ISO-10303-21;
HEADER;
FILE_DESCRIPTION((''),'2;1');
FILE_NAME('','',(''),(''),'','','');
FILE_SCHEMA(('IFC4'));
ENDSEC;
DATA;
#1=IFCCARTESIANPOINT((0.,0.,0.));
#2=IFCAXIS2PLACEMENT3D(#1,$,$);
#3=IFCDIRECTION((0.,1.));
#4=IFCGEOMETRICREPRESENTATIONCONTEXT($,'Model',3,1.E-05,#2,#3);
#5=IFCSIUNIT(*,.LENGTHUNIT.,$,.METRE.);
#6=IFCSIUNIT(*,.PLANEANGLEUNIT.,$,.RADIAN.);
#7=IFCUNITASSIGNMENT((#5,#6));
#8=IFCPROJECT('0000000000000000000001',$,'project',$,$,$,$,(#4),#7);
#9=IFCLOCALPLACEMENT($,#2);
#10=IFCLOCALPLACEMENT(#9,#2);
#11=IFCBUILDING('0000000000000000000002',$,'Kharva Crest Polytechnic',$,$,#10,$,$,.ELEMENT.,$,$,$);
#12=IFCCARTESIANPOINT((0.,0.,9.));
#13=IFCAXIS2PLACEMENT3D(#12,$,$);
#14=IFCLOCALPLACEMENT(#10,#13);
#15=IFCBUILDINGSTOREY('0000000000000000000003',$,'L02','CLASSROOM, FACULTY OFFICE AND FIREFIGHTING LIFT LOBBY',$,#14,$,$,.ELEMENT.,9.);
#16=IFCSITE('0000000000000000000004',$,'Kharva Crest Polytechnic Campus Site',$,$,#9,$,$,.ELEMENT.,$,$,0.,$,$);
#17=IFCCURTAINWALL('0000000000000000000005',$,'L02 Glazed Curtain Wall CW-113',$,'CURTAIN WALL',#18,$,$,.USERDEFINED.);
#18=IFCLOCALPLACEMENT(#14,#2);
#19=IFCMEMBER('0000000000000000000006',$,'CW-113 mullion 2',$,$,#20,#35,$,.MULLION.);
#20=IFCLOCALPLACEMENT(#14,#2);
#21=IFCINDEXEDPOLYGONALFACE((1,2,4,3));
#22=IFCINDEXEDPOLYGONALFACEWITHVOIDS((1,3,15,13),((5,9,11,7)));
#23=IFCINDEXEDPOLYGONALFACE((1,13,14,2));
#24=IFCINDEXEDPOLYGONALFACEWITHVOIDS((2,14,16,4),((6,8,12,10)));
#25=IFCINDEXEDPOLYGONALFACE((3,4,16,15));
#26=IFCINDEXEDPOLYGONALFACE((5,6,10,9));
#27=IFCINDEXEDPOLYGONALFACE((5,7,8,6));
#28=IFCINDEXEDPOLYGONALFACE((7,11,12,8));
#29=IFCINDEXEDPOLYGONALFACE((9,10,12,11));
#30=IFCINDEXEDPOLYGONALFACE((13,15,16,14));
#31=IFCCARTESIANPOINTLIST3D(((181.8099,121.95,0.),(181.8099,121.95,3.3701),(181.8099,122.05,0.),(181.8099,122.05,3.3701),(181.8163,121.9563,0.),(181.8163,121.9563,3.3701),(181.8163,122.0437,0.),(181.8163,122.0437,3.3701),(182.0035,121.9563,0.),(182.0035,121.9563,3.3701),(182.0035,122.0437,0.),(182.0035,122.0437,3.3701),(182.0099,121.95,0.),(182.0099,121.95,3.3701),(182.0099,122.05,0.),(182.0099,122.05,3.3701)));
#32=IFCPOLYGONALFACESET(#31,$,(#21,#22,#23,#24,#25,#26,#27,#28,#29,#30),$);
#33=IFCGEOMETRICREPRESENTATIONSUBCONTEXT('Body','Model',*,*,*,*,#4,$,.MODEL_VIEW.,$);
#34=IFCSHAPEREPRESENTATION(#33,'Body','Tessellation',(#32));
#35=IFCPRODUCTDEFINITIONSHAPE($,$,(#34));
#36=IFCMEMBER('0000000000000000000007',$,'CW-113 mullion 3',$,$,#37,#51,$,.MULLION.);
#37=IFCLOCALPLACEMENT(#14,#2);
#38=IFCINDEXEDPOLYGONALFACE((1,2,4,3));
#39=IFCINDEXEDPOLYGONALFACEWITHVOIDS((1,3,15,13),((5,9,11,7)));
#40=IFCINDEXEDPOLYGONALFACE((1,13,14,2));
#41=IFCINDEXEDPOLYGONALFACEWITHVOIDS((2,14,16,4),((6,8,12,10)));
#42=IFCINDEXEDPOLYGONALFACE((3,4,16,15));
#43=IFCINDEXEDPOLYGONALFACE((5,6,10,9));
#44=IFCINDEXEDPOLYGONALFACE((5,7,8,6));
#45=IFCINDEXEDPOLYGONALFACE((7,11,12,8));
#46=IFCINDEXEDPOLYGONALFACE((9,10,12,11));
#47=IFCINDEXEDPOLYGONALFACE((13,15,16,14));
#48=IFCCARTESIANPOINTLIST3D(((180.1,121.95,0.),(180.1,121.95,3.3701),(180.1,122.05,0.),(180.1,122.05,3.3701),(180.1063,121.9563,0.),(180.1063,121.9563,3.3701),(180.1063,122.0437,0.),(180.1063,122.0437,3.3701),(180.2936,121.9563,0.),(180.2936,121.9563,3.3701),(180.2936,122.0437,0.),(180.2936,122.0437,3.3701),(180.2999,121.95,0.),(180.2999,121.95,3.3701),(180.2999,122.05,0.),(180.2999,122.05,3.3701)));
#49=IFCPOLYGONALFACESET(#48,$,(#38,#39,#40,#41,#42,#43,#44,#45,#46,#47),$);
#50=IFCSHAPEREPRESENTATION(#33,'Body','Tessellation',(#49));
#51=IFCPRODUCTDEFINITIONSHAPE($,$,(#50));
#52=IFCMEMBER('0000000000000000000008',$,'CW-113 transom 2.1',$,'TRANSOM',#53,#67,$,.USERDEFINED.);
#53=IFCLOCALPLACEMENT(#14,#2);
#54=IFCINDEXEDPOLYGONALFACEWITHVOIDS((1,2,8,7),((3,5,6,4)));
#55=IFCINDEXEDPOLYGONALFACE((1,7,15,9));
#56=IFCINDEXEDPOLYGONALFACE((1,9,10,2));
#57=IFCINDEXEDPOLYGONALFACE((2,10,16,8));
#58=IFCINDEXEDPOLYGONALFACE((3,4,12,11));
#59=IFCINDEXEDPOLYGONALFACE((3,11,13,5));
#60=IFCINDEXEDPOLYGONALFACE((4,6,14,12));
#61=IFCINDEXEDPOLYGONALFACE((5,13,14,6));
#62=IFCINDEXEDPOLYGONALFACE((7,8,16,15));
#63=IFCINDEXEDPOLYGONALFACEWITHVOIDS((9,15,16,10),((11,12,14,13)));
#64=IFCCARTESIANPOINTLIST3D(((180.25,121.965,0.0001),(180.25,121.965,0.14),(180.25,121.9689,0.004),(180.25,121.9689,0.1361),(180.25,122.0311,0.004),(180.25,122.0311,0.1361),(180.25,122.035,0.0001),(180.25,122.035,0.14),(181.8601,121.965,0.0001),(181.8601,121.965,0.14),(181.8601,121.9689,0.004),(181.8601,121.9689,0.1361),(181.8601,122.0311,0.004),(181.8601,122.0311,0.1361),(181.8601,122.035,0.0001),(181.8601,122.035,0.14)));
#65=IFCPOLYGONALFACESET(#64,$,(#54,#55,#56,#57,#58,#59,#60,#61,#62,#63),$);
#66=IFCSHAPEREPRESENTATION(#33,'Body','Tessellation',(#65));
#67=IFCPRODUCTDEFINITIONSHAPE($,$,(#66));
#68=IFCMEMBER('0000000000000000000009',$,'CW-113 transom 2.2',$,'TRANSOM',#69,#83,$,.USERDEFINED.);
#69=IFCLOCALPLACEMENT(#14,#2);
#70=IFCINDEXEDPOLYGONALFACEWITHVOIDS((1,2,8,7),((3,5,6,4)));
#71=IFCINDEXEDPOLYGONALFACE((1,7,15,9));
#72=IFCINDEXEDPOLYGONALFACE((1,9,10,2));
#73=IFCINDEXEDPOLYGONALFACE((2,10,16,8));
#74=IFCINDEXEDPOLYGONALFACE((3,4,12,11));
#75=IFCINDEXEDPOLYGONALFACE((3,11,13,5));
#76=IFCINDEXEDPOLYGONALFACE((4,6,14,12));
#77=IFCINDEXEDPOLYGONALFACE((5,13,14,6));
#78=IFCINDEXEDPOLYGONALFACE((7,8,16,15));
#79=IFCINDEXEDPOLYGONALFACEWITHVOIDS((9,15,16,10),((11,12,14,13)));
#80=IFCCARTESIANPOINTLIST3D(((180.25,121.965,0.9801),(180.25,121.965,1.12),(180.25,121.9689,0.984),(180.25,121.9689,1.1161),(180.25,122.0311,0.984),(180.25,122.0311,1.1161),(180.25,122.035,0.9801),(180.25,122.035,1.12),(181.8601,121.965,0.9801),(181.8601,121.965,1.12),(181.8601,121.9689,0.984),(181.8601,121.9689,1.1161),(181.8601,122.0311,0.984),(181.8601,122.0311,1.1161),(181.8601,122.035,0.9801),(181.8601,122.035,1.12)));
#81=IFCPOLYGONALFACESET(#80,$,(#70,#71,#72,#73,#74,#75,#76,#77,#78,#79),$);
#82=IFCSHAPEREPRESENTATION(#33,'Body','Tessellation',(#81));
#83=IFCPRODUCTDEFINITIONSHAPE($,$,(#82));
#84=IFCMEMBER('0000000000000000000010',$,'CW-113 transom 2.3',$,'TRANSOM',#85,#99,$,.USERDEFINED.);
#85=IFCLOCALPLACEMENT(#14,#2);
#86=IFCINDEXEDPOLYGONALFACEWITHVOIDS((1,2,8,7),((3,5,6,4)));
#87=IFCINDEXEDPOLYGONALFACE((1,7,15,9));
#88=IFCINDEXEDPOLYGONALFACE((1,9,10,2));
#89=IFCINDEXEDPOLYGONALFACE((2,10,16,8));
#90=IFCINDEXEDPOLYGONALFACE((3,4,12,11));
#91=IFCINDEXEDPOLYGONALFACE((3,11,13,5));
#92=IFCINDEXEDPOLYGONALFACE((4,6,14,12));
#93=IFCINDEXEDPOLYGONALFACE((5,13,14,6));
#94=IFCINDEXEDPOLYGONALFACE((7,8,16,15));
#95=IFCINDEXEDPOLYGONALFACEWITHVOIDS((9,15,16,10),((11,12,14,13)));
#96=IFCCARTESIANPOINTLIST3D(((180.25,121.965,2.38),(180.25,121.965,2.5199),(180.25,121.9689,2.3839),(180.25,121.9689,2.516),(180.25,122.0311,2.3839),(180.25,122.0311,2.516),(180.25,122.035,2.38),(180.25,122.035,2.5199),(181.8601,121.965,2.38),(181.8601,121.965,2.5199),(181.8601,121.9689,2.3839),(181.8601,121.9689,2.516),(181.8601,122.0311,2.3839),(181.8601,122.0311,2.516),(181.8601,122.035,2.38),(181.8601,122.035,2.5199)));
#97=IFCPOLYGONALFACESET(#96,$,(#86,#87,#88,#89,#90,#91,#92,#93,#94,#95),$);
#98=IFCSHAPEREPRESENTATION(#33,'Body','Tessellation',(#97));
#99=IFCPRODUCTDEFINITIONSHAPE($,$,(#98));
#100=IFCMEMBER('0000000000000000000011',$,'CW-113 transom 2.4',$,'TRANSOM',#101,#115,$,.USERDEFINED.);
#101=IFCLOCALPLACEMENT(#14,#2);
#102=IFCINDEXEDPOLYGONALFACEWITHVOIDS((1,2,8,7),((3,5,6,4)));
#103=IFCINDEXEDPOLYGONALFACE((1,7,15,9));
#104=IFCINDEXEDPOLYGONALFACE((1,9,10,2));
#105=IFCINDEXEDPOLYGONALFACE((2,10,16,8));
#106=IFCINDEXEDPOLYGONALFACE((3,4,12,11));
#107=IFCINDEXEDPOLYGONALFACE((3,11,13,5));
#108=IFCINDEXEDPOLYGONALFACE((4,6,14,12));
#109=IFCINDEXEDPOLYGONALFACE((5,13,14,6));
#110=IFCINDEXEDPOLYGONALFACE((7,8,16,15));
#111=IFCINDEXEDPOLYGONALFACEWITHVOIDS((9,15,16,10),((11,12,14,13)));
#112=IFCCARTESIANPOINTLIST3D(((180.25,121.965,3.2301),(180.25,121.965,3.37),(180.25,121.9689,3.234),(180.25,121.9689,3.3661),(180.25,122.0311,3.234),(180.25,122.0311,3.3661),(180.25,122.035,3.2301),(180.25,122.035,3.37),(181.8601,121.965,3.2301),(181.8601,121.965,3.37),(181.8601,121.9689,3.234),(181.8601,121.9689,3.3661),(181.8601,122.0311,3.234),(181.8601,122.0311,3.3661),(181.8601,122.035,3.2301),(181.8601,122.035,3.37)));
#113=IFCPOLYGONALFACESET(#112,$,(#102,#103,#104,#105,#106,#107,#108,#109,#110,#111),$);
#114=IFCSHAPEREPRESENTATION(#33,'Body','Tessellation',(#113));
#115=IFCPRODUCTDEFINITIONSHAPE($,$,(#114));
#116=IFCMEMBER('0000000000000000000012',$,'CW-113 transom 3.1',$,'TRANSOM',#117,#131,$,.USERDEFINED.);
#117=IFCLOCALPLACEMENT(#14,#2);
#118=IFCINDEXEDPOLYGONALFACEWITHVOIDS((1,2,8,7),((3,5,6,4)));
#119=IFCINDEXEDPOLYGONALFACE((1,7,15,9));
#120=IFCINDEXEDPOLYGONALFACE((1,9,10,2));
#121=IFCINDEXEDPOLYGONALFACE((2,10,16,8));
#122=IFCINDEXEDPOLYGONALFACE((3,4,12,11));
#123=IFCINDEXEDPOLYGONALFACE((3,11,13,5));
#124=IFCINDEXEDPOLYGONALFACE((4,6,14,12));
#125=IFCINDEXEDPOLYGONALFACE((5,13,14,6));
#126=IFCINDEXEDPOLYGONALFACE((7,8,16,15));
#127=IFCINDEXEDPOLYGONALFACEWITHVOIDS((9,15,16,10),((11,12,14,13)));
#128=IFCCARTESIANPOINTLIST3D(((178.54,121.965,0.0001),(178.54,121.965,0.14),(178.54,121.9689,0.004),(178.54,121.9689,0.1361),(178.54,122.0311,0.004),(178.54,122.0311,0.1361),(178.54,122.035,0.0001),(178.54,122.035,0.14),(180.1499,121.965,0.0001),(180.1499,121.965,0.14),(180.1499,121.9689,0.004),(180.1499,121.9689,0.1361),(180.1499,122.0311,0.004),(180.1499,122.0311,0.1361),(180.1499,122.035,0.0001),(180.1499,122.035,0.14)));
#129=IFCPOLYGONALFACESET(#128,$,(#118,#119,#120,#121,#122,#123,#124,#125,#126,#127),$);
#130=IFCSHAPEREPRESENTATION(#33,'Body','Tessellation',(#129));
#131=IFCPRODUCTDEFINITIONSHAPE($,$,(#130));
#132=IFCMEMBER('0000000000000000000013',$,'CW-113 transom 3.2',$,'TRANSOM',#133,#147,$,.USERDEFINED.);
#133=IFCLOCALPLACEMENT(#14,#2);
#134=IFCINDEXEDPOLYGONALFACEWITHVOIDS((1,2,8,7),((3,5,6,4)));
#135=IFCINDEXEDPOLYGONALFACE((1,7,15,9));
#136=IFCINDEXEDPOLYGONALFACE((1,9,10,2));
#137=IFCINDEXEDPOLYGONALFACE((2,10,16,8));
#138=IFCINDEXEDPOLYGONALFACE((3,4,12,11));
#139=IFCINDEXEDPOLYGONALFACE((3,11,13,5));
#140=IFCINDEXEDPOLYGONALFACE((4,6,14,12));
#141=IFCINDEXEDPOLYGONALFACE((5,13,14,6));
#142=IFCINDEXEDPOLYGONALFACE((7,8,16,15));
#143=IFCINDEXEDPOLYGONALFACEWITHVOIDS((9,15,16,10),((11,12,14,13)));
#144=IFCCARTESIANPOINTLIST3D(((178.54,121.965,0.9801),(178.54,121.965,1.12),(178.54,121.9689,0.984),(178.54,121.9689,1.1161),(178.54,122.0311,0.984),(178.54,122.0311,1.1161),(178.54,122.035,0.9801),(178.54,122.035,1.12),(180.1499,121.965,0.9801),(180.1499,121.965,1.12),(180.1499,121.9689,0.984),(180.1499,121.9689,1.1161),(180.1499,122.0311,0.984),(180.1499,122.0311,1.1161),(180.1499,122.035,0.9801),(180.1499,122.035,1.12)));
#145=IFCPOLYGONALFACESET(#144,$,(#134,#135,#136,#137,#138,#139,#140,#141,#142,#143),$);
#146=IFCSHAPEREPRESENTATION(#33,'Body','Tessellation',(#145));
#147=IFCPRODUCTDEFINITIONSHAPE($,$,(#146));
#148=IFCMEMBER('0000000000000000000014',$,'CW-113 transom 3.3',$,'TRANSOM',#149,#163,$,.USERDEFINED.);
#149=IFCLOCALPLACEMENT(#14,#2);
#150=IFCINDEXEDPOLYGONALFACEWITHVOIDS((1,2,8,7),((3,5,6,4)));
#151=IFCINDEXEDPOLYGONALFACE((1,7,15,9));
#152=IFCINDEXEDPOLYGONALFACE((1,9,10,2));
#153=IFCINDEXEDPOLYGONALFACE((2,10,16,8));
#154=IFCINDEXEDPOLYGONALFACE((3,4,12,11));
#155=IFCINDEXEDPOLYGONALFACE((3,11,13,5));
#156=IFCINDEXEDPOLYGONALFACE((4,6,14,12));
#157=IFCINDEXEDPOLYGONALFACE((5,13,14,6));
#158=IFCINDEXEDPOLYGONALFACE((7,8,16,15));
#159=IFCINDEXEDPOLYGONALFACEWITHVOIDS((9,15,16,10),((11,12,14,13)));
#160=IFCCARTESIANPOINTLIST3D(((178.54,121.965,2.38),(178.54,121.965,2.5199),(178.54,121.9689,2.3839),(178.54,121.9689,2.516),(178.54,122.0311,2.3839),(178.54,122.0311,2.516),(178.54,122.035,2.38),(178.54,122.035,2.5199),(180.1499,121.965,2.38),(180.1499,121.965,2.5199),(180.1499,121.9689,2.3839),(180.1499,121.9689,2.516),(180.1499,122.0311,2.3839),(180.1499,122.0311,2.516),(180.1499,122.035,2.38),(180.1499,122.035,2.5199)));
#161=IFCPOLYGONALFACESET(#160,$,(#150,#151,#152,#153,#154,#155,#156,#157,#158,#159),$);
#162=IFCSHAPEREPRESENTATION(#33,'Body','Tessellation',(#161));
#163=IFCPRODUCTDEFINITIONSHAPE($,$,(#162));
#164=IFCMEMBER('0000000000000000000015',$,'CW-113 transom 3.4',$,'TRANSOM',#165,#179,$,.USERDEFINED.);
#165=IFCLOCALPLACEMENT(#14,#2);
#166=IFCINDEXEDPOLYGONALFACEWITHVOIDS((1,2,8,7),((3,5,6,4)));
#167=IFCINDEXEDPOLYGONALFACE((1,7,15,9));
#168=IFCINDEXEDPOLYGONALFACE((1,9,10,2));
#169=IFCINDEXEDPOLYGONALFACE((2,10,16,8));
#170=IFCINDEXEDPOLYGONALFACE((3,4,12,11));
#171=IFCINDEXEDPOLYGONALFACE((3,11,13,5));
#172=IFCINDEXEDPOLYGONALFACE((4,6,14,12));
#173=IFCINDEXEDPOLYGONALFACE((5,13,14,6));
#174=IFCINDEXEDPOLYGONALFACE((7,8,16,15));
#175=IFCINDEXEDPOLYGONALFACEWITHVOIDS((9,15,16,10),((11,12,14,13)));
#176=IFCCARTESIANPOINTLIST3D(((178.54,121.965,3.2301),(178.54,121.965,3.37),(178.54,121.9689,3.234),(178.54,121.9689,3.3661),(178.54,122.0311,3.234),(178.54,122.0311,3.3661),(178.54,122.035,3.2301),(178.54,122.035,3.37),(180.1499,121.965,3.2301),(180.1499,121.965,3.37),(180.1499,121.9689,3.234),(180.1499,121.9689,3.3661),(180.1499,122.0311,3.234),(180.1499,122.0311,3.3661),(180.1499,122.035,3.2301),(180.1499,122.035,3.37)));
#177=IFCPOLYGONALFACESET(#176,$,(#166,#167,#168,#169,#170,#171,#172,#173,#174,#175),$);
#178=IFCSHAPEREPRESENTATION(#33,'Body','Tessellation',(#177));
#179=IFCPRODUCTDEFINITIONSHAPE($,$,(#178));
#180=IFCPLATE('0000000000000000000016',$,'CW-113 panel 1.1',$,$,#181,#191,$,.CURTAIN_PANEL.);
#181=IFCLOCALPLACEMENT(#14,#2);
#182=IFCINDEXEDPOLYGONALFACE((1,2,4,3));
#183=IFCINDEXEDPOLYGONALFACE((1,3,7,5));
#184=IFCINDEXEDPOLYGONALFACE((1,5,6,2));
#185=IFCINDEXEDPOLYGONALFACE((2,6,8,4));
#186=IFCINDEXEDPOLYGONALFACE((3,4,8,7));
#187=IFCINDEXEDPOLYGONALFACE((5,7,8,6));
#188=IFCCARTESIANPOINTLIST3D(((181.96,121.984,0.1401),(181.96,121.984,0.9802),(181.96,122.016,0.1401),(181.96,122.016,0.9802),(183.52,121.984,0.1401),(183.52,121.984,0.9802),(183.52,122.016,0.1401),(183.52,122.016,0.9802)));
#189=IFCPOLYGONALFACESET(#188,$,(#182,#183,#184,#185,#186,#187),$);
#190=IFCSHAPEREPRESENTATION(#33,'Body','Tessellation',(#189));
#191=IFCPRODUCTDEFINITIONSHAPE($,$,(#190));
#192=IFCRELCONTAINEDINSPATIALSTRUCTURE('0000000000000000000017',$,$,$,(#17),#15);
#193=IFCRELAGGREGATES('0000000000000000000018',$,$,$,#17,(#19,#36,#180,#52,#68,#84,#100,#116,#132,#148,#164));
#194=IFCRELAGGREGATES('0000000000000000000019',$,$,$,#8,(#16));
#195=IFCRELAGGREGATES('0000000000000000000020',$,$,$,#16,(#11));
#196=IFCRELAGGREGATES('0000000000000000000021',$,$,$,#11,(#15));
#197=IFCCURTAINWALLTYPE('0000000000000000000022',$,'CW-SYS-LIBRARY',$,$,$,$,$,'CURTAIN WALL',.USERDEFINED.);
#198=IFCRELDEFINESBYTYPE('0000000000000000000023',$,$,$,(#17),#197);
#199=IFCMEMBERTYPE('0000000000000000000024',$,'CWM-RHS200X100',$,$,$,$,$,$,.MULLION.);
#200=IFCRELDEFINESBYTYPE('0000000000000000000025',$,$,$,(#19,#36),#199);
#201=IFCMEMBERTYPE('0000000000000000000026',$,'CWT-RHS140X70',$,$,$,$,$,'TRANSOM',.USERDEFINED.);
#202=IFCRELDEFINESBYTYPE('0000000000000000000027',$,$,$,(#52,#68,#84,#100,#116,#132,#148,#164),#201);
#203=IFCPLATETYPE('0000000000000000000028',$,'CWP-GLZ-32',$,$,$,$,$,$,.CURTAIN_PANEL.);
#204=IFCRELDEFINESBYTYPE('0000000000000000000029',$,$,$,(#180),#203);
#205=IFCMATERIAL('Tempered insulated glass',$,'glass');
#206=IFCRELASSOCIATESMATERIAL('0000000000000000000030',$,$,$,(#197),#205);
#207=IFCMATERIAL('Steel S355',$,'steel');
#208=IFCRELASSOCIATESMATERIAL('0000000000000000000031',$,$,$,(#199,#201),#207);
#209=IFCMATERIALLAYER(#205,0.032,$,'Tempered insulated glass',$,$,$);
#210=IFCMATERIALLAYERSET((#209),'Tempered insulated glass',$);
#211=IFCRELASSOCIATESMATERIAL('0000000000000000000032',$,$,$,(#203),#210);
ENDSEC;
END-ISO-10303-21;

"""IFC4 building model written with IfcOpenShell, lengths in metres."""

from ifc_helpers import new_model, si_unit, direction, frame, origin, origin_2d, place, context, subcontext, project, spatial, rectangle, hollow_rectangle, extrude, material, layer, layer_set, material_profile, profile_set, type_object, element, aggregate, save


model = new_model("IFC4")

# Units and contexts
model_context = context("Model", 3, precision=1e-05, world=origin(), true_north=direction((0.0, 1.0)))
body_context = subcontext(model_context, "Body", "Model", "MODEL_VIEW")
ifc_project = project(units=[si_unit("LENGTHUNIT", "METRE"), si_unit("PLANEANGLEUNIT", "RADIAN")], contexts=[model_context])

# Site, building, storey
site_placement = place(None, origin())
site = spatial("IfcSite", under=ifc_project, at=site_placement, Name="Kharva Crest Polytechnic Campus Site", CompositionType="ELEMENT", RefElevation=0.0)
building_placement = place(site_placement, origin())
building = spatial("IfcBuilding", under=site, at=building_placement, Name="Kharva Crest Polytechnic", CompositionType="ELEMENT")
storey_placement = place(building_placement, frame((0.0, 0.0, 9.0)))
storey = spatial("IfcBuildingStorey", under=building, at=storey_placement, Name="L02", Description="CLASSROOM, FACULTY OFFICE AND FIREFIGHTING LIFT LOBBY", CompositionType="ELEMENT", Elevation=9.0)

# Curtain wall, members, plate
ifc_material_1 = material(Name="Tempered insulated glass", Category="glass")
curtain_wall_type = type_object("IfcCurtainWallType", Name="CW-SYS-LIBRARY", ElementType="CURTAIN WALL", PredefinedType="USERDEFINED", material=ifc_material_1)
curtain_wall_placement = place(storey_placement, origin())
curtain_wall = element("IfcCurtainWall", 1, at=curtain_wall_placement, inside=storey, type_object=curtain_wall_type, Name="L02 Glazed Curtain Wall CW-113", ObjectType="CURTAIN WALL", PredefinedType="USERDEFINED")
ifc_material_2 = material(Name="Steel S355", Category="steel")
ifc_material_profile_1 = material_profile(ifc_material_2, hollow_rectangle(XDim=0.1001, YDim=0.2, WallThickness=0.0063, at=origin_2d()), Name="RHS 200X100X6.3")
ifc_profile_set_1 = profile_set([ifc_material_profile_1], Name="Steel S355")
member_type_1 = type_object("IfcMemberType", Name="CWM-RHS200X100", PredefinedType="MULLION", material=ifc_profile_set_1)
member_1_placement = place(storey_placement, frame((181.9099, 122.0, 0.0), z_axis=(0.0, 0.0, 1.0), x_axis=(0.0, -1.0, 0.0)))
member_1 = element("IfcMember", 2, at=member_1_placement, type_object=member_type_1, Name="CW-113 mullion 2", PredefinedType="MULLION", context=body_context, shape_type="SweptSolid", body=[
    extrude(hollow_rectangle(XDim=0.1001, YDim=0.2, WallThickness=0.0063, at=origin_2d()), origin(), (0.0, 0.0, 1.0), 3.3701),
])
member_2_placement = place(storey_placement, frame((180.2, 122.0, 0.0), z_axis=(0.0, 0.0, 1.0), x_axis=(0.0, -1.0, 0.0)))
member_2 = element("IfcMember", 3, at=member_2_placement, type_object=member_type_1, Name="CW-113 mullion 3", PredefinedType="MULLION", context=body_context, shape_type="SweptSolid", body=[
    extrude(hollow_rectangle(XDim=0.1001, YDim=0.2, WallThickness=0.0063, at=origin_2d()), origin(), (0.0, 0.0, 1.0), 3.3701),
])
ifc_material_profile_2 = material_profile(ifc_material_2, hollow_rectangle(XDim=0.0701, YDim=0.1399, WallThickness=0.0039, at=origin_2d()), Name="RHS 140X70X4.0")
ifc_profile_set_2 = profile_set([ifc_material_profile_2], Name="Steel S355")
member_type_2 = type_object("IfcMemberType", Name="CWT-RHS140X70", ElementType="TRANSOM", PredefinedType="USERDEFINED", material=ifc_profile_set_2)
member_3_placement = place(storey_placement, frame((181.8601, 122.0, 0.0701), z_axis=(-1.0, 0.0, 0.0), x_axis=(0.0, -1.0, 0.0)))
member_3 = element("IfcMember", 4, at=member_3_placement, type_object=member_type_2, Name="CW-113 transom 2.1", ObjectType="TRANSOM", PredefinedType="USERDEFINED", context=body_context, shape_type="SweptSolid", body=[
    extrude(hollow_rectangle(XDim=0.0701, YDim=0.1399, WallThickness=0.0039, at=origin_2d()), origin(), (0.0, 0.0, 1.0), 1.6101),
])
member_4_placement = place(storey_placement, frame((181.8601, 122.0, 1.05), z_axis=(-1.0, 0.0, 0.0), x_axis=(0.0, -1.0, 0.0)))
member_4 = element("IfcMember", 5, at=member_4_placement, type_object=member_type_2, Name="CW-113 transom 2.2", ObjectType="TRANSOM", PredefinedType="USERDEFINED", context=body_context, shape_type="SweptSolid", body=[
    extrude(hollow_rectangle(XDim=0.0701, YDim=0.1399, WallThickness=0.0039, at=origin_2d()), origin(), (0.0, 0.0, 1.0), 1.6101),
])
member_5_placement = place(storey_placement, frame((181.8601, 122.0, 2.45), z_axis=(-1.0, 0.0, 0.0), x_axis=(0.0, -1.0, 0.0)))
member_5 = element("IfcMember", 6, at=member_5_placement, type_object=member_type_2, Name="CW-113 transom 2.3", ObjectType="TRANSOM", PredefinedType="USERDEFINED", context=body_context, shape_type="SweptSolid", body=[
    extrude(hollow_rectangle(XDim=0.0701, YDim=0.1399, WallThickness=0.0039, at=origin_2d()), origin(), (0.0, 0.0, 1.0), 1.6101),
])
member_6_placement = place(storey_placement, frame((181.8601, 122.0, 3.3), z_axis=(-1.0, 0.0, 0.0), x_axis=(0.0, -1.0, 0.0)))
member_6 = element("IfcMember", 7, at=member_6_placement, type_object=member_type_2, Name="CW-113 transom 2.4", ObjectType="TRANSOM", PredefinedType="USERDEFINED", context=body_context, shape_type="SweptSolid", body=[
    extrude(hollow_rectangle(XDim=0.0701, YDim=0.1399, WallThickness=0.0039, at=origin_2d()), origin(), (0.0, 0.0, 1.0), 1.6101),
])
member_7_placement = place(storey_placement, frame((180.1499, 122.0, 0.0701), z_axis=(-1.0, 0.0, 0.0), x_axis=(0.0, -1.0, 0.0)))
member_7 = element("IfcMember", 8, at=member_7_placement, type_object=member_type_2, Name="CW-113 transom 3.1", ObjectType="TRANSOM", PredefinedType="USERDEFINED", context=body_context, shape_type="SweptSolid", body=[
    extrude(hollow_rectangle(XDim=0.0701, YDim=0.1399, WallThickness=0.0039, at=origin_2d()), origin(), (0.0, 0.0, 1.0), 1.6099),
])
member_8_placement = place(storey_placement, frame((180.1499, 122.0, 1.05), z_axis=(-1.0, 0.0, 0.0), x_axis=(0.0, -1.0, 0.0)))
member_8 = element("IfcMember", 9, at=member_8_placement, type_object=member_type_2, Name="CW-113 transom 3.2", ObjectType="TRANSOM", PredefinedType="USERDEFINED", context=body_context, shape_type="SweptSolid", body=[
    extrude(hollow_rectangle(XDim=0.0701, YDim=0.1399, WallThickness=0.0039, at=origin_2d()), origin(), (0.0, 0.0, 1.0), 1.6099),
])
member_9_placement = place(storey_placement, frame((180.1499, 122.0, 2.45), z_axis=(-1.0, 0.0, 0.0), x_axis=(0.0, -1.0, 0.0)))
member_9 = element("IfcMember", 10, at=member_9_placement, type_object=member_type_2, Name="CW-113 transom 3.3", ObjectType="TRANSOM", PredefinedType="USERDEFINED", context=body_context, shape_type="SweptSolid", body=[
    extrude(hollow_rectangle(XDim=0.0701, YDim=0.1399, WallThickness=0.0039, at=origin_2d()), origin(), (0.0, 0.0, 1.0), 1.6099),
])
member_10_placement = place(storey_placement, frame((180.1499, 122.0, 3.3), z_axis=(-1.0, 0.0, 0.0), x_axis=(0.0, -1.0, 0.0)))
member_10 = element("IfcMember", 11, at=member_10_placement, type_object=member_type_2, Name="CW-113 transom 3.4", ObjectType="TRANSOM", PredefinedType="USERDEFINED", context=body_context, shape_type="SweptSolid", body=[
    extrude(hollow_rectangle(XDim=0.0701, YDim=0.1399, WallThickness=0.0039, at=origin_2d()), origin(), (0.0, 0.0, 1.0), 1.6099),
])
ifc_layer = layer(ifc_material_1, 0.032, Name="Tempered insulated glass")
ifc_layer_set = layer_set([ifc_layer], Name="Tempered insulated glass")
plate_type = type_object("IfcPlateType", Name="CWP-GLZ-32", PredefinedType="CURTAIN_PANEL", material=ifc_layer_set)
plate_1_placement = place(storey_placement, frame((182.74, 122.0, 0.1401), z_axis=(0.0, 0.0, 1.0), x_axis=(-1.0, 0.0, 0.0)))
plate_1 = element("IfcPlate", 12, at=plate_1_placement, type_object=plate_type, Name="CW-113 panel 1.1", PredefinedType="CURTAIN_PANEL", context=body_context, shape_type="SweptSolid", body=[
    extrude(rectangle(XDim=1.5601, YDim=0.032, at=origin_2d()), origin(), (0.0, 0.0, 1.0), 0.8401),
])
aggregate(curtain_wall, [member_1, member_2, plate_1, member_3, member_4, member_5, member_6, member_7, member_8, member_9, member_10])

save(model, "model.ifc")
